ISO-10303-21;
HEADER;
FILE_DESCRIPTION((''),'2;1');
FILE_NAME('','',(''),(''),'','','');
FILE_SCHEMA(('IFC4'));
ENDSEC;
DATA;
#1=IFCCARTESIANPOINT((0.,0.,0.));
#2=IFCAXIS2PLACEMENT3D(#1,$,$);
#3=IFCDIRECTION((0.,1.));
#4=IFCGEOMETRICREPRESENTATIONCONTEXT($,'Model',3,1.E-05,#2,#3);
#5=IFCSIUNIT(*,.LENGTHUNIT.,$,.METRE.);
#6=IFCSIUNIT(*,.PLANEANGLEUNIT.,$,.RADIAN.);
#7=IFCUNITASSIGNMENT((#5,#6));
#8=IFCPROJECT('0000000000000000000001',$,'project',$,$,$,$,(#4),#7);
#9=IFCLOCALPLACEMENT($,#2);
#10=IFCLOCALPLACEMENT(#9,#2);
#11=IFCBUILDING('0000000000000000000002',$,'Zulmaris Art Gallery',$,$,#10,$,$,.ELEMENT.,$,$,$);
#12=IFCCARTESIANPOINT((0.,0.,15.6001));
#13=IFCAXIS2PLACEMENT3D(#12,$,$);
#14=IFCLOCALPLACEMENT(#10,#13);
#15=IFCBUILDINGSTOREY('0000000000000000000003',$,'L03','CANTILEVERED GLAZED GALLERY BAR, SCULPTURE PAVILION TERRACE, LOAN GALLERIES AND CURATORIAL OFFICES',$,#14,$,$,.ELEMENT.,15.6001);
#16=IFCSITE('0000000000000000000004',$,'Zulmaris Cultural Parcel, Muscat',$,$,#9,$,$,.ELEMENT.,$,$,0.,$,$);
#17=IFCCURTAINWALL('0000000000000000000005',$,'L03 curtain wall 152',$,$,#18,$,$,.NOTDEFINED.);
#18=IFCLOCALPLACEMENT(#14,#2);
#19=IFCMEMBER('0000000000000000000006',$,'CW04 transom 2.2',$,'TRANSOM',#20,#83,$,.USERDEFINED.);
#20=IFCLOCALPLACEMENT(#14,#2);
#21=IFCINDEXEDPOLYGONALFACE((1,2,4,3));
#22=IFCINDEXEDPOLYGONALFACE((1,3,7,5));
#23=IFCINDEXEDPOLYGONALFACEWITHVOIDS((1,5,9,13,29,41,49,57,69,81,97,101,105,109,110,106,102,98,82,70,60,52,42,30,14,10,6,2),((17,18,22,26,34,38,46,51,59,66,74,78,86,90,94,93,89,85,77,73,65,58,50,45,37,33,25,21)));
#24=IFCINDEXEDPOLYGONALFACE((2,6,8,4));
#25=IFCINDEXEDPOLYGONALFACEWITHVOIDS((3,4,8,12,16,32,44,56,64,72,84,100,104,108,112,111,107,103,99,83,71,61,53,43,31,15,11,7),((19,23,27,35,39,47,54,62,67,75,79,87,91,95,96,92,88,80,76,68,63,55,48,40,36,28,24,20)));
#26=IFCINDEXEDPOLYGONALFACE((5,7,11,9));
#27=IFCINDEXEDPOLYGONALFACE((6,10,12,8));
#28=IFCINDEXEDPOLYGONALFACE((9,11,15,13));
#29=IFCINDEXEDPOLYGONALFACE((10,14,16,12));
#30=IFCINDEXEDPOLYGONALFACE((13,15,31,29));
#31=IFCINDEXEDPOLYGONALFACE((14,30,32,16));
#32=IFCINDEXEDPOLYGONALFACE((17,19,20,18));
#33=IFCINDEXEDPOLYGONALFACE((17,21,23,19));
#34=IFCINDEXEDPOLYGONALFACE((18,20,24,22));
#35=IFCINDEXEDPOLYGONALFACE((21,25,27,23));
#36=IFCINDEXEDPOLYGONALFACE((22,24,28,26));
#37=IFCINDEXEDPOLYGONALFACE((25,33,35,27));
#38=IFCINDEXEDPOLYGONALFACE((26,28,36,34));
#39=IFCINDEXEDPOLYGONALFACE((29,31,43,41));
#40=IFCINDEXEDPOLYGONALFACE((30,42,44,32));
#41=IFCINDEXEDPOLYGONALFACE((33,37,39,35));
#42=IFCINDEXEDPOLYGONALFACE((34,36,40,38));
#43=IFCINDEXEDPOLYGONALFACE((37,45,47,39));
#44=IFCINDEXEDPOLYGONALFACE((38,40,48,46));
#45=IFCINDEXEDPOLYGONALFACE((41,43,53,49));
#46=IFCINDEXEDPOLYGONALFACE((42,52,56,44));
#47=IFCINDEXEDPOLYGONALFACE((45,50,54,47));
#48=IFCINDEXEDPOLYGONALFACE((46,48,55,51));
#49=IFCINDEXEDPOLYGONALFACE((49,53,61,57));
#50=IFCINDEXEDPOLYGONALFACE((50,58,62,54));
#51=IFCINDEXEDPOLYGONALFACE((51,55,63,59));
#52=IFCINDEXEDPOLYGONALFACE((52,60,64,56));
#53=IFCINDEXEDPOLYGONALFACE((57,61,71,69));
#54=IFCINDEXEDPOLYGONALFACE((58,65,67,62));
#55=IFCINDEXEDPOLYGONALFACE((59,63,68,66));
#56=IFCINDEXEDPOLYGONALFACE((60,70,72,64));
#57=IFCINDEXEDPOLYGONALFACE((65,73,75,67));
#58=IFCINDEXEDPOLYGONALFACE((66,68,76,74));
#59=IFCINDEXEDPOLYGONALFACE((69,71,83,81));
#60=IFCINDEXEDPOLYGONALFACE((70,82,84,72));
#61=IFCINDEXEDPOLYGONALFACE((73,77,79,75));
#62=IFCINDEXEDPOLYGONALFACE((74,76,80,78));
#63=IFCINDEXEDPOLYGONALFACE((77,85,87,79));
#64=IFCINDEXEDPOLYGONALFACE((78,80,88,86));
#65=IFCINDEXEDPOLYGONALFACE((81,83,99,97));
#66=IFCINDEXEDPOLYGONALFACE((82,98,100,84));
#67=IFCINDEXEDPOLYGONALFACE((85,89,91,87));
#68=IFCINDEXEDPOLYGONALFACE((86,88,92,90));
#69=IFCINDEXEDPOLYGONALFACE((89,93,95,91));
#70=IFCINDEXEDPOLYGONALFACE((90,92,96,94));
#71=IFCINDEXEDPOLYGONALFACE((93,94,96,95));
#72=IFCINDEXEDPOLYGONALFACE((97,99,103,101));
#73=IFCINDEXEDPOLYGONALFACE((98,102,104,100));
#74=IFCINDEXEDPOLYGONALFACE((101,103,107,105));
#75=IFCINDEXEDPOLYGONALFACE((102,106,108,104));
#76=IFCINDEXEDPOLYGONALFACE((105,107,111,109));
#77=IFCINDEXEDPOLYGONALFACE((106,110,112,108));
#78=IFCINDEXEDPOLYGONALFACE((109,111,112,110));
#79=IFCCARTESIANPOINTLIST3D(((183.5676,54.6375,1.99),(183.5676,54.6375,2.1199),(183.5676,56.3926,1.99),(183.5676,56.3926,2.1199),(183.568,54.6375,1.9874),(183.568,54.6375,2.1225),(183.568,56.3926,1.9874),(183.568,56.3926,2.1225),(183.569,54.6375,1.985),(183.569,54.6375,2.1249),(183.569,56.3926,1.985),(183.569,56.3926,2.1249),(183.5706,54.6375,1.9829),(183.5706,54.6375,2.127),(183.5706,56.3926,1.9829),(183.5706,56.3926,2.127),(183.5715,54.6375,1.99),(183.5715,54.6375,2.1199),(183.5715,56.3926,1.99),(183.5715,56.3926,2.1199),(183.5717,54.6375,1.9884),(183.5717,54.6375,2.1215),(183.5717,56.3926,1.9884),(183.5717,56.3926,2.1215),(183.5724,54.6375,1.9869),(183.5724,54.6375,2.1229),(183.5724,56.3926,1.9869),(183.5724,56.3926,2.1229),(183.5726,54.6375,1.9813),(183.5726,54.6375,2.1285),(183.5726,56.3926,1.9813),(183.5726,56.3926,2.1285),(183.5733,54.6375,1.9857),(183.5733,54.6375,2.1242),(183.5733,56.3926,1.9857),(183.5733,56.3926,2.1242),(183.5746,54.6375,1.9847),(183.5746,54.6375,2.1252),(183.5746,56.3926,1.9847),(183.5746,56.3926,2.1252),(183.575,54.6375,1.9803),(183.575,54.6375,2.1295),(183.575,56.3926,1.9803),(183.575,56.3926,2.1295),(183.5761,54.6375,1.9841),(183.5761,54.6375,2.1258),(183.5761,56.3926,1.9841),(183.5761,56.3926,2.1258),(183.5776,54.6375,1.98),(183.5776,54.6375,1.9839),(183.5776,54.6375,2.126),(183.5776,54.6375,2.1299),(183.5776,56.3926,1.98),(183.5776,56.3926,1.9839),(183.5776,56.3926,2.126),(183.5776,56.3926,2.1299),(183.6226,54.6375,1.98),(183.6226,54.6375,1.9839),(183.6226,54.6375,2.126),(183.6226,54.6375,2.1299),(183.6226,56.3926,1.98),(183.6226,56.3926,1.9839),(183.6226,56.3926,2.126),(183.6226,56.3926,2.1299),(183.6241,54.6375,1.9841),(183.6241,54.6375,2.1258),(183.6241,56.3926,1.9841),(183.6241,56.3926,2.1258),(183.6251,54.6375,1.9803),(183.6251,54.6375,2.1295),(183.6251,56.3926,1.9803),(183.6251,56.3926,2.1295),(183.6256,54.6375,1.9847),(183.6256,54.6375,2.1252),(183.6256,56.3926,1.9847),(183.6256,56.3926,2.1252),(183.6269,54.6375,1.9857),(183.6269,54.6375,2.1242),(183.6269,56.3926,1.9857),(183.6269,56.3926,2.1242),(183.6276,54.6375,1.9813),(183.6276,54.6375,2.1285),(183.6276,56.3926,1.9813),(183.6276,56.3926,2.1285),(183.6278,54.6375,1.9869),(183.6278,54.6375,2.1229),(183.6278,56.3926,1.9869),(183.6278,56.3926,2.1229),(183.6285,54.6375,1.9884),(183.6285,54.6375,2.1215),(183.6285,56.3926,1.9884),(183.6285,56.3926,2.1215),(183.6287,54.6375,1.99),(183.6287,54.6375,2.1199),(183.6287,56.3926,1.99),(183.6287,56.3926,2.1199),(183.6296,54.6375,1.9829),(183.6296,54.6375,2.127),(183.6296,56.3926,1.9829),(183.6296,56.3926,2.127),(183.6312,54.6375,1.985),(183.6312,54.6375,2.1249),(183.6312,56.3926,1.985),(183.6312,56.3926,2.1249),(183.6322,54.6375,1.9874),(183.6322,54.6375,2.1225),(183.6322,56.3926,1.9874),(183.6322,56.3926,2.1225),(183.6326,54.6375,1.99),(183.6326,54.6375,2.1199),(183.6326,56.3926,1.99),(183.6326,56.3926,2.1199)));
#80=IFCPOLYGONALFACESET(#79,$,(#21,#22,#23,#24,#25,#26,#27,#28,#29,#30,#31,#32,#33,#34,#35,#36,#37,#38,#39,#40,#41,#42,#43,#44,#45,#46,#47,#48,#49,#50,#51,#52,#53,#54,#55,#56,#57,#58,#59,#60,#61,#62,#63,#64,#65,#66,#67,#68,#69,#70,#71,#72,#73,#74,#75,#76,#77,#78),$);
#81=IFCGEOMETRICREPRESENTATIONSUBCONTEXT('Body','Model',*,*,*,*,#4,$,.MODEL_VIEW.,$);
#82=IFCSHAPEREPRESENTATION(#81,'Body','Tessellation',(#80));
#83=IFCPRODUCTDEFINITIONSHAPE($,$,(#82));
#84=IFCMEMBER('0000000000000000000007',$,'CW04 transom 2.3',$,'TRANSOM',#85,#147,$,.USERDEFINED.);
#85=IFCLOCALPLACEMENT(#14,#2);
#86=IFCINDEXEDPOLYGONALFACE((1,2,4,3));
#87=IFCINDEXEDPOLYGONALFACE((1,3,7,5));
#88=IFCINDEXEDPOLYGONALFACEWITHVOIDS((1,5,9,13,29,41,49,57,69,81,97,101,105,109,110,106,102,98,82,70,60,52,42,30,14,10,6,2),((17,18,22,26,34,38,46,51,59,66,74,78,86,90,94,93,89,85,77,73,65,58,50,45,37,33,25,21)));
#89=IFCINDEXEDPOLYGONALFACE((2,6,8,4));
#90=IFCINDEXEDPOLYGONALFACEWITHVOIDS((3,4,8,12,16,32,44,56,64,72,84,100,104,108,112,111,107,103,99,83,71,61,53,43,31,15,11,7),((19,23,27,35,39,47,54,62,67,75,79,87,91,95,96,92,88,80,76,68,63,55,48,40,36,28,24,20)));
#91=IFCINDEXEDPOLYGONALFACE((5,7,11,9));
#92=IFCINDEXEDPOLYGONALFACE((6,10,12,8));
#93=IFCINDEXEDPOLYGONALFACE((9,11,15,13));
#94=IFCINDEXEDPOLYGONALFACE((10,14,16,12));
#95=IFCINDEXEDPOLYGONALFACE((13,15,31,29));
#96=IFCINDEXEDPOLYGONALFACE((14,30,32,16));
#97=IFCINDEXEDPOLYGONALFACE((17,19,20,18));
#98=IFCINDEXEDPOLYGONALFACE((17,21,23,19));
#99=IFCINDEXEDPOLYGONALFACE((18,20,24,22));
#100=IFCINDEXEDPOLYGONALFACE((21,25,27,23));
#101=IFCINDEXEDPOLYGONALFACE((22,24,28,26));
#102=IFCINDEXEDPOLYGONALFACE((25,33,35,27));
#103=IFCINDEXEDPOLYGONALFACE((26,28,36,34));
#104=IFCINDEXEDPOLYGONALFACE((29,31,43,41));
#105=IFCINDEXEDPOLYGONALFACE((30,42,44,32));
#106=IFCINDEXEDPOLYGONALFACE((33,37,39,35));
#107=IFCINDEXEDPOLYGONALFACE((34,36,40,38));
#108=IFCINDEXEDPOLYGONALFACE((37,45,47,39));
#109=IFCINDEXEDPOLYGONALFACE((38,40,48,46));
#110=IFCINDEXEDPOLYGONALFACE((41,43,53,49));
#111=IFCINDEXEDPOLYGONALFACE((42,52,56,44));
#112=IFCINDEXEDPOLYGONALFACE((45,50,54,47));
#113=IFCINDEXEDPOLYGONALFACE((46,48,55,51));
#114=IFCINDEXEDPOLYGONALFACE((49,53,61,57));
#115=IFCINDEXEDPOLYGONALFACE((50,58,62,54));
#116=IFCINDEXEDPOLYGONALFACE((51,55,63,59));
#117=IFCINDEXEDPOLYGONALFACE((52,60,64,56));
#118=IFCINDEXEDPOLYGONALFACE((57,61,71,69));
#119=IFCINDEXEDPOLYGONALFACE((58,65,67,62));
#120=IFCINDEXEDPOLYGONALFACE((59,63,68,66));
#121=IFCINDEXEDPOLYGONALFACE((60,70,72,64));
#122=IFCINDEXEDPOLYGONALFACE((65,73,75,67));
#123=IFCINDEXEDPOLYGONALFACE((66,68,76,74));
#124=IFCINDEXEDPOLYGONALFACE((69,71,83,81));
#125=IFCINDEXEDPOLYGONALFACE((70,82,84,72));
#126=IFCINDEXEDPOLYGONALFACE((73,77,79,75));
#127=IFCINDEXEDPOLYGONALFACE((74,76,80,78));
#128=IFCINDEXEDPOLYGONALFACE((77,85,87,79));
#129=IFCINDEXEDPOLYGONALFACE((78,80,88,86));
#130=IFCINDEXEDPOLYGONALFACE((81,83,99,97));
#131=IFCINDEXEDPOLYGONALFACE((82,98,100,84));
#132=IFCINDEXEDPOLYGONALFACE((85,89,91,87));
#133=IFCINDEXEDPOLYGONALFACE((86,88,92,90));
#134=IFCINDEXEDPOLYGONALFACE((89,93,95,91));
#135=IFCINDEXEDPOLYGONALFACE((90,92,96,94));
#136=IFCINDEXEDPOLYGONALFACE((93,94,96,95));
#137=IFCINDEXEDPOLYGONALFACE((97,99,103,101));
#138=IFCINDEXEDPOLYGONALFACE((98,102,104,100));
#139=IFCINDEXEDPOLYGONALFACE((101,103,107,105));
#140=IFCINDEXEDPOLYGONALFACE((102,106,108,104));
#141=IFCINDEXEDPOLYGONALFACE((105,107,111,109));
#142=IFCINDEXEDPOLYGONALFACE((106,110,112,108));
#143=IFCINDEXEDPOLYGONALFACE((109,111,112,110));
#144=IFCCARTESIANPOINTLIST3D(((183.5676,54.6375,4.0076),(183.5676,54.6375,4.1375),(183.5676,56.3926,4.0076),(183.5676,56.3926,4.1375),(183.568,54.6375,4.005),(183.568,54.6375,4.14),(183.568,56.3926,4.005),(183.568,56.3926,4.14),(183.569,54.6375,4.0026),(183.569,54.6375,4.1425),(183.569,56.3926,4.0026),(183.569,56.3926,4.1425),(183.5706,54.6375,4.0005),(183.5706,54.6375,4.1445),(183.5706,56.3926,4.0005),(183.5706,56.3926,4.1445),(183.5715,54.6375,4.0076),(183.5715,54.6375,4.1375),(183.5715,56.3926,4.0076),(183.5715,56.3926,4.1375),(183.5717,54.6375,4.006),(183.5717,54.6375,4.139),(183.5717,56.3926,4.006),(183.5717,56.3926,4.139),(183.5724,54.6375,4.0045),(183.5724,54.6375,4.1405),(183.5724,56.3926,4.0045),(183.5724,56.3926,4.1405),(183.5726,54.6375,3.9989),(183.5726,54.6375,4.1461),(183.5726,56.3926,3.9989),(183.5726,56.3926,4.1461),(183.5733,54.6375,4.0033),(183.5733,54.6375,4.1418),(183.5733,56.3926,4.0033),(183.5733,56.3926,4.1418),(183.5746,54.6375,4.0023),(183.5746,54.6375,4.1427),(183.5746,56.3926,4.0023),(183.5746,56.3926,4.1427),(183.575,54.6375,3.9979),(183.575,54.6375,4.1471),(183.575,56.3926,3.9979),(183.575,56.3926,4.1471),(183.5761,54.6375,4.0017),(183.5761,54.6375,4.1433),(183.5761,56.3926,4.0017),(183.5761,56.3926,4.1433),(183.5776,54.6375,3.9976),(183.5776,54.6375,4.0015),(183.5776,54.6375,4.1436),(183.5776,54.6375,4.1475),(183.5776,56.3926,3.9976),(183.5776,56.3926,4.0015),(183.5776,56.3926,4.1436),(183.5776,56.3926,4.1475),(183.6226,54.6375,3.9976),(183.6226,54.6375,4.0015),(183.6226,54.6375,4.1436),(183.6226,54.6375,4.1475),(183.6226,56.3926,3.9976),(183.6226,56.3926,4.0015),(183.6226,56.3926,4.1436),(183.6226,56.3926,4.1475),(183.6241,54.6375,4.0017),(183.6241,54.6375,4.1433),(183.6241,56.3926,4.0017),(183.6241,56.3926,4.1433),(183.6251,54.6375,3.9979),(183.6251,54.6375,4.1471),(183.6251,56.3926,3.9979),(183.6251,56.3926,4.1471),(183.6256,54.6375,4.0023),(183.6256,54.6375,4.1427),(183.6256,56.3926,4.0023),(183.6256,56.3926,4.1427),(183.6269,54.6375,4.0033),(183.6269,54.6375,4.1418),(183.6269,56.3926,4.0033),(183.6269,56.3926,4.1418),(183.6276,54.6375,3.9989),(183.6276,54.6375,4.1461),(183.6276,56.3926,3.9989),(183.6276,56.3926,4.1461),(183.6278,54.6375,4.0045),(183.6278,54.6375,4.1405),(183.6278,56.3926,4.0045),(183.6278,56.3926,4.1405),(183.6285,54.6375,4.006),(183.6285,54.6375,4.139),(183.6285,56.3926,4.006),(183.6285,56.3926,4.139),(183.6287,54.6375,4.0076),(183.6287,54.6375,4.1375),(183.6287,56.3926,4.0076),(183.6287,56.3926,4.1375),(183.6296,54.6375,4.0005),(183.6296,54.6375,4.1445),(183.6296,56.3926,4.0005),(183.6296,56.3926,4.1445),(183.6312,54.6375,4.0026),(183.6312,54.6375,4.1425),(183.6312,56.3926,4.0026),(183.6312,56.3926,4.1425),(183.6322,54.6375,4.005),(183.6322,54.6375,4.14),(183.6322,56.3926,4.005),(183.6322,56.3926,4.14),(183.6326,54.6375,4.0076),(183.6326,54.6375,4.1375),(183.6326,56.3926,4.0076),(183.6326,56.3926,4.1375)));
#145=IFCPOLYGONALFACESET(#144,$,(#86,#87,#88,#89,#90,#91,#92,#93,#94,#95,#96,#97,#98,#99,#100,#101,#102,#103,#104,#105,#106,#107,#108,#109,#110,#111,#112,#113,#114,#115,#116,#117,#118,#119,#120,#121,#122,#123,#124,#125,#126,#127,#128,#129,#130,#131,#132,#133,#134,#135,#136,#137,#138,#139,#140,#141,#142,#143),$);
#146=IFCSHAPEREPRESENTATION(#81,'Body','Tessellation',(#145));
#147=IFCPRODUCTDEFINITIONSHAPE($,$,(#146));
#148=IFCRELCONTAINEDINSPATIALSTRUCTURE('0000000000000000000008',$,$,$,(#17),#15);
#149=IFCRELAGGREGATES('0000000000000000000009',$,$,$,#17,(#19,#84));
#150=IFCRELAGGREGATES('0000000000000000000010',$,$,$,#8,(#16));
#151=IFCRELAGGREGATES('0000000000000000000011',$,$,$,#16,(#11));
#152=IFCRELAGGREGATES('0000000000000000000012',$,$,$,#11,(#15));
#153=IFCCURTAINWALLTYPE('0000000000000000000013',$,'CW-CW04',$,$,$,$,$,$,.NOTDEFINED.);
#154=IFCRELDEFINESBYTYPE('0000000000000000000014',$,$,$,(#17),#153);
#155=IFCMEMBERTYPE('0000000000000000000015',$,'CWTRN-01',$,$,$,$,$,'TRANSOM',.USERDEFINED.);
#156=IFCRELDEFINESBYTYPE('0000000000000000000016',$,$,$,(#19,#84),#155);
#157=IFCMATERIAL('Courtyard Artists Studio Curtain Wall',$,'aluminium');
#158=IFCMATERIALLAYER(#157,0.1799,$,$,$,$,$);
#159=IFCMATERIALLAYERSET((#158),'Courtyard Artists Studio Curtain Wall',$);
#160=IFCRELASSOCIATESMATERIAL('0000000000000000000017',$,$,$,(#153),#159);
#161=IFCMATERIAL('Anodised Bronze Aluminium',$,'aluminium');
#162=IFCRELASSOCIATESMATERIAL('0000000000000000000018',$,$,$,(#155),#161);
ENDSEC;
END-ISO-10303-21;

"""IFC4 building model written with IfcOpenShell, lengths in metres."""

from ifc_helpers import new_model, si_unit, direction, frame, origin, origin_2d, place, context, subcontext, project, spatial, hollow_rectangle, extrude, material, layer, layer_set, material_profile, profile_set, type_object, element, aggregate, save


model = new_model("IFC4")

# Units and contexts
model_context = context("Model", 3, precision=1e-05, world=origin(), true_north=direction((0.0, 1.0)))
body_context = subcontext(model_context, "Body", "Model", "MODEL_VIEW")
ifc_project = project(units=[si_unit("LENGTHUNIT", "METRE"), si_unit("PLANEANGLEUNIT", "RADIAN")], contexts=[model_context])

# Site, building, storey
site_placement = place(None, origin())
site = spatial("IfcSite", under=ifc_project, at=site_placement, Name="Zulmaris Cultural Parcel, Muscat", CompositionType="ELEMENT", RefElevation=0.0)
building_placement = place(site_placement, origin())
building = spatial("IfcBuilding", under=site, at=building_placement, Name="Zulmaris Art Gallery", CompositionType="ELEMENT")
storey_placement = place(building_placement, frame((0.0, 0.0, 15.6001)))
storey = spatial("IfcBuildingStorey", under=building, at=storey_placement, Name="L03", Description="CANTILEVERED GLAZED GALLERY BAR, SCULPTURE PAVILION TERRACE, LOAN GALLERIES AND CURATORIAL OFFICES", CompositionType="ELEMENT", Elevation=15.6001)

# Curtain wall, members
ifc_material_1 = material(Name="Courtyard Artists Studio Curtain Wall", Category="aluminium")
ifc_layer_1 = layer(ifc_material_1, 0.1799)
ifc_layer_set_1 = layer_set([ifc_layer_1], Name="Courtyard Artists Studio Curtain Wall")
curtain_wall_type = type_object("IfcCurtainWallType", Name="CW-CW04", PredefinedType="NOTDEFINED", material=ifc_layer_set_1)
curtain_wall_placement = place(storey_placement, origin())
curtain_wall = element("IfcCurtainWall", 1, at=curtain_wall_placement, inside=storey, type_object=curtain_wall_type, Name="L03 curtain wall 152", PredefinedType="NOTDEFINED")
ifc_material_2 = material(Name="Anodised Bronze Aluminium", Category="aluminium")
ifc_material_profile_1 = material_profile(ifc_material_2, hollow_rectangle(XDim=0.0649, YDim=0.1499, WallThickness=0.0039, InnerFilletRadius=0.0061, OuterFilletRadius=0.01, at=origin_2d()), Name="ALU 65x150x4")
ifc_profile_set_1 = profile_set([ifc_material_profile_1], Name="Anodised Bronze Aluminium")
member_type_1 = type_object("IfcMemberType", Name="CWTRN-01", ElementType="TRANSOM", PredefinedType="USERDEFINED", material=ifc_profile_set_1)
member_1_placement = place(storey_placement, frame((183.6001, 56.3926, 2.0549), z_axis=(0.0, -1.0, 0.0), x_axis=(1.0, 0.0, 0.0)))
member_1 = element("IfcMember", 2, at=member_1_placement, type_object=member_type_1, Name="CW04 transom 2.2", ObjectType="TRANSOM", PredefinedType="USERDEFINED", context=body_context, shape_type="SweptSolid", body=[
    extrude(hollow_rectangle(XDim=0.0649, YDim=0.1499, WallThickness=0.0039, InnerFilletRadius=0.0061, OuterFilletRadius=0.01, at=origin_2d()), origin(), (0.0, 0.0, 1.0), 1.7551),
])
member_2_placement = place(storey_placement, frame((183.6001, 56.3926, 4.0725), z_axis=(0.0, -1.0, 0.0), x_axis=(1.0, 0.0, 0.0)))
member_2 = element("IfcMember", 3, at=member_2_placement, type_object=member_type_1, Name="CW04 transom 2.3", ObjectType="TRANSOM", PredefinedType="USERDEFINED", context=body_context, shape_type="SweptSolid", body=[
    extrude(hollow_rectangle(XDim=0.0649, YDim=0.1499, WallThickness=0.0039, InnerFilletRadius=0.0061, OuterFilletRadius=0.01, at=origin_2d()), origin(), (0.0, 0.0, 1.0), 1.7551),
])
aggregate(curtain_wall, [member_1, member_2])

save(model, "model.ifc")
